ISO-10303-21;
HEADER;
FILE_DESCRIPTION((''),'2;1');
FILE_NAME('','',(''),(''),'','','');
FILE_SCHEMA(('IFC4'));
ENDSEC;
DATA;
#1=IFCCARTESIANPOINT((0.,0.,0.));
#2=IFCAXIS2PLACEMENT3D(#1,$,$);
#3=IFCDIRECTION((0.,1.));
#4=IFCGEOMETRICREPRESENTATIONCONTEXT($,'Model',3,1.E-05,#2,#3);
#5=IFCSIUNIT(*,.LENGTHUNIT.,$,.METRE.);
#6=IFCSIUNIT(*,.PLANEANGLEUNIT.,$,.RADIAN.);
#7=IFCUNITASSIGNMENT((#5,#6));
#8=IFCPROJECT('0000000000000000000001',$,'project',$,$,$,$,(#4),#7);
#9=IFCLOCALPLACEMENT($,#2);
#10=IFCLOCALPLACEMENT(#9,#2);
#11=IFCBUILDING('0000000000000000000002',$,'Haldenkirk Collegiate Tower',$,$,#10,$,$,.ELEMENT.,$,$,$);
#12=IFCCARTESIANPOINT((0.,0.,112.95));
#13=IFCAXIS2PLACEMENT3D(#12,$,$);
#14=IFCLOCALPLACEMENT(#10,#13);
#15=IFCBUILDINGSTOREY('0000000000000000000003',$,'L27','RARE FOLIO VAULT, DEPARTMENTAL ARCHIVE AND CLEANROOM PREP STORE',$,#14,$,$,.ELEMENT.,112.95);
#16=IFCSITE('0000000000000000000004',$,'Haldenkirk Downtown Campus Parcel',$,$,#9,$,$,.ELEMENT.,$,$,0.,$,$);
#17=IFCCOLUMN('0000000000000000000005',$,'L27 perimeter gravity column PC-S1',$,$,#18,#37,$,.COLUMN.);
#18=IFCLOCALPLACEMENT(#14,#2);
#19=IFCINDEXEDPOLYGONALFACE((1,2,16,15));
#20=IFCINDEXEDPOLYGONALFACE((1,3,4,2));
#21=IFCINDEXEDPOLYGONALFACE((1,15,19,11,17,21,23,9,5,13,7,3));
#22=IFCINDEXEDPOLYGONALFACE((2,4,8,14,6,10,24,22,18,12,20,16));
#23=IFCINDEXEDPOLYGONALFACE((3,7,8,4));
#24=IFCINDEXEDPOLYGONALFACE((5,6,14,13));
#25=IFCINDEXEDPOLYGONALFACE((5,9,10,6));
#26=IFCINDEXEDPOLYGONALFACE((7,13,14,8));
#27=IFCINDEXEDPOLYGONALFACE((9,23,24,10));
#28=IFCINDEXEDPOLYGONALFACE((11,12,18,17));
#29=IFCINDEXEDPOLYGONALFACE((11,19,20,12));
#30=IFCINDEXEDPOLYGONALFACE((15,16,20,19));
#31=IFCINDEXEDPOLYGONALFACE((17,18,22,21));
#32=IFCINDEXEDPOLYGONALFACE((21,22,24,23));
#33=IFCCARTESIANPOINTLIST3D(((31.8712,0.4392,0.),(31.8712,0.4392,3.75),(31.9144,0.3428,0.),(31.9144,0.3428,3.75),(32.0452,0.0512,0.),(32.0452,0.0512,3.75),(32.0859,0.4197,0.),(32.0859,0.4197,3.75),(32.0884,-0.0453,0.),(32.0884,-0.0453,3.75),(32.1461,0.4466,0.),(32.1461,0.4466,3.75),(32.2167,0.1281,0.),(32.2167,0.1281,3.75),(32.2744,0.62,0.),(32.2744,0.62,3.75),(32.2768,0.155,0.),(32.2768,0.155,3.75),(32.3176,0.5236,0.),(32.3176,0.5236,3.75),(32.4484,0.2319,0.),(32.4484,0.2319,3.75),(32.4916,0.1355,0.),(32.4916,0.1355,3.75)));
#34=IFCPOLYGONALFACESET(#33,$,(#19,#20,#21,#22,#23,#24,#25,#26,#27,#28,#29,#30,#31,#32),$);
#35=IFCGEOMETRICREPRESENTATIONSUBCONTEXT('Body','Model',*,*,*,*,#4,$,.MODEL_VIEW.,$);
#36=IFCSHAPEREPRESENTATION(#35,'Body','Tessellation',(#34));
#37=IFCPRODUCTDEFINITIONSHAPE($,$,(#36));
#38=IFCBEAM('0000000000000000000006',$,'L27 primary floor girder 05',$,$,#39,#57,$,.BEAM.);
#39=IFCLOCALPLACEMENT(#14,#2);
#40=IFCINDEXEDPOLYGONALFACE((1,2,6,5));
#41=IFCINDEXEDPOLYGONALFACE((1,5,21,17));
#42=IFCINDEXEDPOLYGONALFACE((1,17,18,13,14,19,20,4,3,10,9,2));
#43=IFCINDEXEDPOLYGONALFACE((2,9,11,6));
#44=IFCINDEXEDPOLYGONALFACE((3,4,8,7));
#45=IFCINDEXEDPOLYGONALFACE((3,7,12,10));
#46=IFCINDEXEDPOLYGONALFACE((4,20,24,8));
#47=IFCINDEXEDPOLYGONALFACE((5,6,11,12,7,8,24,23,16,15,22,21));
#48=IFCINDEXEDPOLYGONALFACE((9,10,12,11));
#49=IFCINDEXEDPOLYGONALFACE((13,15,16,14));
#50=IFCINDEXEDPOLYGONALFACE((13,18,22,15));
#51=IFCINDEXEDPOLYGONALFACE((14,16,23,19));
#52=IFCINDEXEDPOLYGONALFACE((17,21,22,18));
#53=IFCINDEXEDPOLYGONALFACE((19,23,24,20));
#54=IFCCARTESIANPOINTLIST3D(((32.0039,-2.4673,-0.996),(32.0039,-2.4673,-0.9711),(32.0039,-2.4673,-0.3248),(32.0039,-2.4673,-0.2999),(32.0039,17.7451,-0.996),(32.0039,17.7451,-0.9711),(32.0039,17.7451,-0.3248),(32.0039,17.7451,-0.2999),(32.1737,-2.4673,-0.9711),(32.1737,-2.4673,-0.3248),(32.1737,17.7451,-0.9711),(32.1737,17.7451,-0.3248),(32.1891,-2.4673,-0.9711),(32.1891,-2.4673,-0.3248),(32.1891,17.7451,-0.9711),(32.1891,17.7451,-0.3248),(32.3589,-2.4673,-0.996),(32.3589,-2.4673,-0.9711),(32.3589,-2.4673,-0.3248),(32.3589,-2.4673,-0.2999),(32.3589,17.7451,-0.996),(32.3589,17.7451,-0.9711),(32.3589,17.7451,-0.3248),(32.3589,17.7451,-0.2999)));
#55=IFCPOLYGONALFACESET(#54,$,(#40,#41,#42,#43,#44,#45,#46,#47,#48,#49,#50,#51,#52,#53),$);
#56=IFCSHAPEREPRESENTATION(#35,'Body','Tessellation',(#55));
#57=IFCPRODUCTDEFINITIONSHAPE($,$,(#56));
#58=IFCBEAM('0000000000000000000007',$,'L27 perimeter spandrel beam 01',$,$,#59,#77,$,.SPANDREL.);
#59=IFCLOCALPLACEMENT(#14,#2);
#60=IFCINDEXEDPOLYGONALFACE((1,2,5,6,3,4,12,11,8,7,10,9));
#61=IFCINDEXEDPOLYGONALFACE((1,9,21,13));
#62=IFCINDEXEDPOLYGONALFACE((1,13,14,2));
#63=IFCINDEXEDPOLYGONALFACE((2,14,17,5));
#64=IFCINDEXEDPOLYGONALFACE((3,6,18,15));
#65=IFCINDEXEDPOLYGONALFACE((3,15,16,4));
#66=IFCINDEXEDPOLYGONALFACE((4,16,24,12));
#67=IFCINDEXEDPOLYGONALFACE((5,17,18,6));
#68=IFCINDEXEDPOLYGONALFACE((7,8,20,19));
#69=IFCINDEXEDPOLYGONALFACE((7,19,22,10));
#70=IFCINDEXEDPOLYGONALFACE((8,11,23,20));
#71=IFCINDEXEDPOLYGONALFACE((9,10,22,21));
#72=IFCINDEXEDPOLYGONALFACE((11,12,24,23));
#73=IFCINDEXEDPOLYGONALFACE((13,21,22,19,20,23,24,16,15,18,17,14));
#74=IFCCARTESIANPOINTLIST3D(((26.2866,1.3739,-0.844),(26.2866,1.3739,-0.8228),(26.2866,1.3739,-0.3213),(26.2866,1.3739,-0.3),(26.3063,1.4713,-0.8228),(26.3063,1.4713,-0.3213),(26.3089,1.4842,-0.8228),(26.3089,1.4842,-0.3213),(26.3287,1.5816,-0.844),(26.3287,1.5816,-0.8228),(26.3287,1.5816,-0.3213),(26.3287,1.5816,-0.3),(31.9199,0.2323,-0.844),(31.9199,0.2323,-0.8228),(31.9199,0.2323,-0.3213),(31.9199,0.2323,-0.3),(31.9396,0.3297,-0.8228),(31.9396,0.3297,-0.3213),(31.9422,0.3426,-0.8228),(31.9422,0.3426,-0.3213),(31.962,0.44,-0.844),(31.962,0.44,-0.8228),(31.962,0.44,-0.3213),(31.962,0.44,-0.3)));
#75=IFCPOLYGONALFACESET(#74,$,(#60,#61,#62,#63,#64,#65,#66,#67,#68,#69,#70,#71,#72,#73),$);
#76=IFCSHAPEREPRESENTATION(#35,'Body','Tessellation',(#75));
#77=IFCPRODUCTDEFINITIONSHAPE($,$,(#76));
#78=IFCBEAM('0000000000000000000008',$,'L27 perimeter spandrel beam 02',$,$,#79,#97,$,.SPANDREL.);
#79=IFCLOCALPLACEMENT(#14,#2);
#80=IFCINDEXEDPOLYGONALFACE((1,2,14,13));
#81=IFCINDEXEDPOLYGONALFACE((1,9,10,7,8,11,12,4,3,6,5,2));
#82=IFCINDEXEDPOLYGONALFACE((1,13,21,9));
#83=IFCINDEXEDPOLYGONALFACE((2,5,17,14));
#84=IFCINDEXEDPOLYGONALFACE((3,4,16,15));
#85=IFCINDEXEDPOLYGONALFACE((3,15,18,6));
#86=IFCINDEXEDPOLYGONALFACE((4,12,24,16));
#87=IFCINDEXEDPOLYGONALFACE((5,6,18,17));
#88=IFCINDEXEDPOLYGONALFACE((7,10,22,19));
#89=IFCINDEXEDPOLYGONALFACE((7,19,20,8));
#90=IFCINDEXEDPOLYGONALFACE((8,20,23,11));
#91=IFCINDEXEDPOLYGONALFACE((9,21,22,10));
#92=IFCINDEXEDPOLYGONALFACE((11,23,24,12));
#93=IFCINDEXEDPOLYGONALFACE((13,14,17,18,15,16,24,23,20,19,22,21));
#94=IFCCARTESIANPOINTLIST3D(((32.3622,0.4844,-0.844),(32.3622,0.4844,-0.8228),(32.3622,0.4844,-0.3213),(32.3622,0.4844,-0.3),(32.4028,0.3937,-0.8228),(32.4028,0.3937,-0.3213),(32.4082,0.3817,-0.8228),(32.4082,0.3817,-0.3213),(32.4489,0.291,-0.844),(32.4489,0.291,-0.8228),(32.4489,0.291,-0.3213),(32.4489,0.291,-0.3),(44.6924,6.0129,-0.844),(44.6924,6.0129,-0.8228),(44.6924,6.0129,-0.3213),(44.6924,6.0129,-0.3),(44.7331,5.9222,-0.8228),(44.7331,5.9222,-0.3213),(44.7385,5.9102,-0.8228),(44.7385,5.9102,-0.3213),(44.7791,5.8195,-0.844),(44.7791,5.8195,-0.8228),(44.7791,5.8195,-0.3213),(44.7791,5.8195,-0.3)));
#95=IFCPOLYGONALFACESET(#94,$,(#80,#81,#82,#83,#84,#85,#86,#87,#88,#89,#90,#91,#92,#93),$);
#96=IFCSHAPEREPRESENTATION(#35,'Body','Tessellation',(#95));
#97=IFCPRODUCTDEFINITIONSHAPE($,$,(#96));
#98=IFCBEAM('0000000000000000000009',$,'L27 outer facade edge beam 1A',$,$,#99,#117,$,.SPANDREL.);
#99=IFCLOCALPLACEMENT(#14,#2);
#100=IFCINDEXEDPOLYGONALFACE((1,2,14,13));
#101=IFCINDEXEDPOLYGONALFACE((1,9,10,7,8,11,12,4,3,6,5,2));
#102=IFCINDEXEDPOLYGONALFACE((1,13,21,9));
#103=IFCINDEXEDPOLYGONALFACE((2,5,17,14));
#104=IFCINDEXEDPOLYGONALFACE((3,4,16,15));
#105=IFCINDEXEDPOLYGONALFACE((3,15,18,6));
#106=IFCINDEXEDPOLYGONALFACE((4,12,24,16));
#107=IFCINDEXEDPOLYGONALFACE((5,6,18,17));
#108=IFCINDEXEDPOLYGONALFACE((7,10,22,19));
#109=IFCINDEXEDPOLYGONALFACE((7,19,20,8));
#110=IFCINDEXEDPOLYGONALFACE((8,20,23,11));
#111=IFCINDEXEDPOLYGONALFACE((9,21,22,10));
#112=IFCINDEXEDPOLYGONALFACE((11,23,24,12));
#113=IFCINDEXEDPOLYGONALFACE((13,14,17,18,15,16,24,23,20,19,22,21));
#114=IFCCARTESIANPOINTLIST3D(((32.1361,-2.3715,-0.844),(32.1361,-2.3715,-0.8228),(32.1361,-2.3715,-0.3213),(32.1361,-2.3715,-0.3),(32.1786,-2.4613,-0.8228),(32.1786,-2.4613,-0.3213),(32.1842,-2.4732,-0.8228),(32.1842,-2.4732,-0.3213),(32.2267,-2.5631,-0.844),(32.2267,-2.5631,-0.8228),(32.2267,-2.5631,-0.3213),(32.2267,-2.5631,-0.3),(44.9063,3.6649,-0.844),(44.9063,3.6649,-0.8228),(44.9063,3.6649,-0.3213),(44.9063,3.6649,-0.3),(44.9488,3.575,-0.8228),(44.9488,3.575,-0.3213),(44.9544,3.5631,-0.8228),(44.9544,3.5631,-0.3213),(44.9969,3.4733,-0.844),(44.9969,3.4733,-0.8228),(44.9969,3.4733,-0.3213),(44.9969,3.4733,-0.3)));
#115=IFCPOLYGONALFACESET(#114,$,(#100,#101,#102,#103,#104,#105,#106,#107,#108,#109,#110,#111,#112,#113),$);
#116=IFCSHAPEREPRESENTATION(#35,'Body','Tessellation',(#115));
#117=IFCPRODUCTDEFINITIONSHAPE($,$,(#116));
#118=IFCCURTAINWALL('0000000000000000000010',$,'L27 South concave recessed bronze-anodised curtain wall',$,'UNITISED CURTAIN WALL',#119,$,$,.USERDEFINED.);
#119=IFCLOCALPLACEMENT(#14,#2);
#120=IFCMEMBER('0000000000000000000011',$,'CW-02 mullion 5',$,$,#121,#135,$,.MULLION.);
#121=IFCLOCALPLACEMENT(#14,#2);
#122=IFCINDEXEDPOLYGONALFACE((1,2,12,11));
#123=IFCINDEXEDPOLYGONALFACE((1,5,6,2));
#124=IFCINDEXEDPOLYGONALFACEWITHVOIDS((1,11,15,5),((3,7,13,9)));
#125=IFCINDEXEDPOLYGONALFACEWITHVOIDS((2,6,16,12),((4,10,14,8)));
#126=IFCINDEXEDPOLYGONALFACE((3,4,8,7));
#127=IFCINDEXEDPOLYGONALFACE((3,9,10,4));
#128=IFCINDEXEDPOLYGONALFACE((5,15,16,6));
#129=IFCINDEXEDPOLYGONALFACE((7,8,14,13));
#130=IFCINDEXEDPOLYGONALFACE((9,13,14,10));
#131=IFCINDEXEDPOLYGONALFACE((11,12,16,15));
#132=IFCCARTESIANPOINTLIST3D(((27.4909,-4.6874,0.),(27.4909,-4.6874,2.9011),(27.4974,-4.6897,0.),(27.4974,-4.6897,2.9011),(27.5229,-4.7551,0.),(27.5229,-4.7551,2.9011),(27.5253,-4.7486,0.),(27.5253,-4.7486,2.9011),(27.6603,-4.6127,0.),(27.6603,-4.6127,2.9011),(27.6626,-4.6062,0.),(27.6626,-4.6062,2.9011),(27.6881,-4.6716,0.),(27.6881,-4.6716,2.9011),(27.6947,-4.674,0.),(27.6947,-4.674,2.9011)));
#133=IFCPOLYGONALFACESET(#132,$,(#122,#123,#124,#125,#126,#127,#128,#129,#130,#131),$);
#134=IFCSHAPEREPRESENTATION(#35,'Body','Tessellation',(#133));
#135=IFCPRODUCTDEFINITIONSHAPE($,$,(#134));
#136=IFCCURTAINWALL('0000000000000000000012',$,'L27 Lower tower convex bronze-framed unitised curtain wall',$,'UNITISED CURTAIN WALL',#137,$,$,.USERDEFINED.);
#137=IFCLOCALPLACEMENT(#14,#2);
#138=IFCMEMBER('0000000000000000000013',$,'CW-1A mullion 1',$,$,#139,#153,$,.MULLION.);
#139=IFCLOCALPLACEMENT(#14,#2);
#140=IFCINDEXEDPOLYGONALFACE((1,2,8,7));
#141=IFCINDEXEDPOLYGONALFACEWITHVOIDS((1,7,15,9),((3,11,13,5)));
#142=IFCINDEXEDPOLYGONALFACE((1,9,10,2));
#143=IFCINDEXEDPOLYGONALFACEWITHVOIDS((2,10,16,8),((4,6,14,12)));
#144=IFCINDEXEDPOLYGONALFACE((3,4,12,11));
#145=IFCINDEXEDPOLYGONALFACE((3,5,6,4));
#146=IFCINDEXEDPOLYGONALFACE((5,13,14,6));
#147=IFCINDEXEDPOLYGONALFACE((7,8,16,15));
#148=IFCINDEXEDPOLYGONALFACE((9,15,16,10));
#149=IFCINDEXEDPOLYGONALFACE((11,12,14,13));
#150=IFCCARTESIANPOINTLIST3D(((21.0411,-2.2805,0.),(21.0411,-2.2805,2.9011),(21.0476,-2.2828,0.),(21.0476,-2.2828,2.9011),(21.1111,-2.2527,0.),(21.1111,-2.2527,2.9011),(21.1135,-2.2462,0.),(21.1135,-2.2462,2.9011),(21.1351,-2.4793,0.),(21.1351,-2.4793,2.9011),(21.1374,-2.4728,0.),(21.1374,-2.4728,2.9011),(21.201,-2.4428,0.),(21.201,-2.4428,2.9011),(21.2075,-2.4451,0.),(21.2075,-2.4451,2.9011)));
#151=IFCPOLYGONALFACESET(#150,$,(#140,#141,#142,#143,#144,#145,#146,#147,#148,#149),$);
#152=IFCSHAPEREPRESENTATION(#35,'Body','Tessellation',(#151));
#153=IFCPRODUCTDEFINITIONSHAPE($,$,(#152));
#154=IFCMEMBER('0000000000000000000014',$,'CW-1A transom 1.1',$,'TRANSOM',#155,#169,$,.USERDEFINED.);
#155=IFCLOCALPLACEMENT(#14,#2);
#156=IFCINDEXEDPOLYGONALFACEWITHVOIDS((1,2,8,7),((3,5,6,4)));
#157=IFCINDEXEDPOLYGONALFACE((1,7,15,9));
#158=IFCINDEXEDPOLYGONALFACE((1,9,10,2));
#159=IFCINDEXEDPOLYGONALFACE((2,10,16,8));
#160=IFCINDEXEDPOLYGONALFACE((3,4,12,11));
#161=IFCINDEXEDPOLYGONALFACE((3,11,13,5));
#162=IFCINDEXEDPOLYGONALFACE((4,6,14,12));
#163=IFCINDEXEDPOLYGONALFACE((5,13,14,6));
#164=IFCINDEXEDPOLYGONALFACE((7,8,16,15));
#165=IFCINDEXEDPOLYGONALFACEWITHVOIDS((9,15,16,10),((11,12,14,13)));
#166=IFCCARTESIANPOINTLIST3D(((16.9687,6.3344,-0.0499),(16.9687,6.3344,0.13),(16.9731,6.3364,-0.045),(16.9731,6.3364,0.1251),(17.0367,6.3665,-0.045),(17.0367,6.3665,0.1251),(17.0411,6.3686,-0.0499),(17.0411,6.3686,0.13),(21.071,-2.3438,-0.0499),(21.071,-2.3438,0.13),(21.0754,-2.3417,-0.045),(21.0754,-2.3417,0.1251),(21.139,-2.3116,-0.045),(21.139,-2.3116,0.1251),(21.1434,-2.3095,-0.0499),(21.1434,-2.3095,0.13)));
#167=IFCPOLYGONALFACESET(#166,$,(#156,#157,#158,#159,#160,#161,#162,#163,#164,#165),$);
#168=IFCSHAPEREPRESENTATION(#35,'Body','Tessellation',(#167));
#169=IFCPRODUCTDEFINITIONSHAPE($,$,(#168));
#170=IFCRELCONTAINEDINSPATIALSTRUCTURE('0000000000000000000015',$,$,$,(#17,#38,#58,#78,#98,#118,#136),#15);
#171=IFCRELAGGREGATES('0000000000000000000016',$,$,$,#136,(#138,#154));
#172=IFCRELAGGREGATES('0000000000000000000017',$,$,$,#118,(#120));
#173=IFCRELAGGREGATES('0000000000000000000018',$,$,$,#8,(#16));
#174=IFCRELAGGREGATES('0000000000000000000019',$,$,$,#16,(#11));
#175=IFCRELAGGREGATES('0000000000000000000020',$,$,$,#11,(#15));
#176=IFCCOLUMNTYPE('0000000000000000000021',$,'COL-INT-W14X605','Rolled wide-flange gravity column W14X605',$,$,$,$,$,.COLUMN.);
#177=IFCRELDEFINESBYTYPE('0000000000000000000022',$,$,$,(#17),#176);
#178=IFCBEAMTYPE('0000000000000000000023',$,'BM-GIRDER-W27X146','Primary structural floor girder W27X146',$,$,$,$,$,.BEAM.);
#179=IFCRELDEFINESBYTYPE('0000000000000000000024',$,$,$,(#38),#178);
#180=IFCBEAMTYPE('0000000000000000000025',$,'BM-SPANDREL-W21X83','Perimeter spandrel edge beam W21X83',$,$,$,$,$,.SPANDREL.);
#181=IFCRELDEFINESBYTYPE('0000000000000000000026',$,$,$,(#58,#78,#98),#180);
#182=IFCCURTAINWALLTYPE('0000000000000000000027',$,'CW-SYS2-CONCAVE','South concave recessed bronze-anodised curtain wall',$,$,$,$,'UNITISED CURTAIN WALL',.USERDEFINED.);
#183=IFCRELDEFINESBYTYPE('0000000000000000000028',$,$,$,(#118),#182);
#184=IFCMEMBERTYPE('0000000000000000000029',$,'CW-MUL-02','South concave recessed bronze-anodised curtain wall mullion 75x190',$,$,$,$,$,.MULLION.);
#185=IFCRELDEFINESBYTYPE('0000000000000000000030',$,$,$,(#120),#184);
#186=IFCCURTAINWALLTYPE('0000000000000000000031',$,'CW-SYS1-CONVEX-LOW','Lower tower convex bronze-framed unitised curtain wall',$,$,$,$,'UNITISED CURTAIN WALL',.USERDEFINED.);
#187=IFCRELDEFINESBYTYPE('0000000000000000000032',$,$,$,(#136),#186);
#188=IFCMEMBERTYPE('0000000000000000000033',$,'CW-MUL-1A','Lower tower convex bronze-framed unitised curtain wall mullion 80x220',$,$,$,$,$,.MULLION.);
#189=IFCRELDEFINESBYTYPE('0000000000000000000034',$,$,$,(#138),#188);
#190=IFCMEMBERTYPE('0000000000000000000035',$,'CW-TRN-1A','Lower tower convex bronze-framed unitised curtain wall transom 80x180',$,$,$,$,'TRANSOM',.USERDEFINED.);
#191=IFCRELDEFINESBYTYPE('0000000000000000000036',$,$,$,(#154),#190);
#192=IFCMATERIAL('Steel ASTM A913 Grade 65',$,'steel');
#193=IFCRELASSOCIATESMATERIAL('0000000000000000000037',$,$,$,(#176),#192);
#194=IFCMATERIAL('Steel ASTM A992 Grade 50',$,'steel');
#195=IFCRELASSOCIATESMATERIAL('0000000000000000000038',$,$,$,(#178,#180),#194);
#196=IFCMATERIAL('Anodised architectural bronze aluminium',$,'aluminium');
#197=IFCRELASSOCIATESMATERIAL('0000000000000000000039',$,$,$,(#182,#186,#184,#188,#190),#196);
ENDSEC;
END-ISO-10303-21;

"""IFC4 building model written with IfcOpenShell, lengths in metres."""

from ifc_helpers import new_model, si_unit, direction, frame, origin, origin_2d, place, context, subcontext, project, spatial, hollow_rectangle, i_section, extrude, material, material_profile, profile_set, type_object, element, aggregate, save


model = new_model("IFC4")

# Units and contexts
model_context = context("Model", 3, precision=1e-05, world=origin(), true_north=direction((0.0, 1.0)))
body_context = subcontext(model_context, "Body", "Model", "MODEL_VIEW")
ifc_project = project(units=[si_unit("LENGTHUNIT", "METRE"), si_unit("PLANEANGLEUNIT", "RADIAN")], contexts=[model_context])

# Site, building, storey
site_placement = place(None, origin())
site = spatial("IfcSite", under=ifc_project, at=site_placement, Name="Haldenkirk Downtown Campus Parcel", CompositionType="ELEMENT", RefElevation=0.0)
building_placement = place(site_placement, origin())
building = spatial("IfcBuilding", under=site, at=building_placement, Name="Haldenkirk Collegiate Tower", CompositionType="ELEMENT")
storey_placement = place(building_placement, frame((0.0, 0.0, 112.95)))
storey = spatial("IfcBuildingStorey", under=building, at=storey_placement, Name="L27", Description="RARE FOLIO VAULT, DEPARTMENTAL ARCHIVE AND CLEANROOM PREP STORE", CompositionType="ELEMENT", Elevation=112.95)

# Column
ifc_material_1 = material(Name="Steel ASTM A913 Grade 65", Category="steel")
ifc_material_profile_1 = material_profile(ifc_material_1, i_section(OverallWidth=0.4419, OverallDepth=0.531, WebThickness=0.0659, FlangeThickness=0.1057, at=origin_2d()), Name="W14X605")
ifc_profile_set_1 = profile_set([ifc_material_profile_1], Name="Steel ASTM A913 Grade 65")
column_type = type_object("IfcColumnType", Name="COL-INT-W14X605", Description="Rolled wide-flange gravity column W14X605", PredefinedType="COLUMN", material=ifc_profile_set_1)
column_placement = place(storey_placement, frame((32.1814, 0.2874, 0.0), z_axis=(0.0, 0.0, 1.0), x_axis=(0.912477, 0.409127, 0.0)))
element("IfcColumn", 1, at=column_placement, inside=storey, type_object=column_type, Name="L27 perimeter gravity column PC-S1", PredefinedType="COLUMN", context=body_context, shape_type="SweptSolid", body=[
    extrude(i_section(OverallWidth=0.4419, OverallDepth=0.531, WebThickness=0.0659, FlangeThickness=0.1057, at=origin_2d()), origin(), (0.0, 0.0, 1.0), 3.75),
])

# Beams
ifc_material_2 = material(Name="Steel ASTM A992 Grade 50", Category="steel")
ifc_material_profile_2 = material_profile(ifc_material_2, i_section(OverallWidth=0.355, OverallDepth=0.696, WebThickness=0.0154, FlangeThickness=0.0249, at=origin_2d()), Name="W27X146")
ifc_profile_set_2 = profile_set([ifc_material_profile_2], Name="Steel ASTM A992 Grade 50")
beam_type_1 = type_object("IfcBeamType", Name="BM-GIRDER-W27X146", Description="Primary structural floor girder W27X146", PredefinedType="BEAM", material=ifc_profile_set_2)
beam_1_placement = place(storey_placement, frame((32.1814, -2.4673, -0.6479), z_axis=(0.0, 1.0, 0.0), x_axis=(-1.0, 0.0, 0.0)))
element("IfcBeam", 2, at=beam_1_placement, inside=storey, type_object=beam_type_1, Name="L27 primary floor girder 05", PredefinedType="BEAM", context=body_context, shape_type="SweptSolid", body=[
    extrude(i_section(OverallWidth=0.355, OverallDepth=0.696, WebThickness=0.0154, FlangeThickness=0.0249, at=origin_2d()), origin(), (0.0, 0.0, 1.0), 20.2124),
])
ifc_material_profile_3 = material_profile(ifc_material_2, i_section(OverallWidth=0.2119, OverallDepth=0.5439, WebThickness=0.0132, FlangeThickness=0.0212, at=origin_2d()), Name="W21X83")
ifc_profile_set_3 = profile_set([ifc_material_profile_3], Name="Steel ASTM A992 Grade 50")
beam_type_2 = type_object("IfcBeamType", Name="BM-SPANDREL-W21X83", Description="Perimeter spandrel edge beam W21X83", PredefinedType="SPANDREL", material=ifc_profile_set_3)
beam_2_placement = place(storey_placement, frame((26.3076, 1.4778, -0.572), z_axis=(0.980078, -0.198615, 0.0), x_axis=(0.198615, 0.980078, 0.0)))
element("IfcBeam", 3, at=beam_2_placement, inside=storey, type_object=beam_type_2, Name="L27 perimeter spandrel beam 01", PredefinedType="SPANDREL", context=body_context, shape_type="SweptSolid", body=[
    extrude(i_section(OverallWidth=0.2119, OverallDepth=0.5439, WebThickness=0.0132, FlangeThickness=0.0212, at=origin_2d()), origin(), (0.0, 0.0, 1.0), 5.7478),
])
beam_3_placement = place(storey_placement, frame((32.4055, 0.3877, -0.572), z_axis=(0.912477, 0.409129, 0.0), x_axis=(-0.409129, 0.912477, 0.0)))
element("IfcBeam", 4, at=beam_3_placement, inside=storey, type_object=beam_type_2, Name="L27 perimeter spandrel beam 02", PredefinedType="SPANDREL", context=body_context, shape_type="SweptSolid", body=[
    extrude(i_section(OverallWidth=0.2119, OverallDepth=0.5439, WebThickness=0.0132, FlangeThickness=0.0212, at=origin_2d()), origin(), (0.0, 0.0, 1.0), 13.5129),
])
beam_4_placement = place(storey_placement, frame((32.1814, -2.4673, -0.572), z_axis=(0.904085, 0.427352, 0.0), x_axis=(-0.427352, 0.904085, 0.0)))
element("IfcBeam", 5, at=beam_4_placement, inside=storey, type_object=beam_type_2, Name="L27 outer facade edge beam 1A", PredefinedType="SPANDREL", context=body_context, shape_type="SweptSolid", body=[
    extrude(i_section(OverallWidth=0.2119, OverallDepth=0.5439, WebThickness=0.0132, FlangeThickness=0.0212, at=origin_2d()), origin(), (0.0, 0.0, 1.0), 14.125),
])

# Curtain wall, member
ifc_material_3 = material(Name="Anodised architectural bronze aluminium", Category="aluminium")
curtain_wall_type_1 = type_object("IfcCurtainWallType", Name="CW-SYS2-CONCAVE", Description="South concave recessed bronze-anodised curtain wall", ElementType="UNITISED CURTAIN WALL", PredefinedType="USERDEFINED", material=ifc_material_3)
curtain_wall_1_placement = place(storey_placement, origin())
curtain_wall_1 = element("IfcCurtainWall", 6, at=curtain_wall_1_placement, inside=storey, type_object=curtain_wall_type_1, Name="L27 South concave recessed bronze-anodised curtain wall", ObjectType="UNITISED CURTAIN WALL", PredefinedType="USERDEFINED")
ifc_material_profile_4 = material_profile(ifc_material_3, hollow_rectangle(XDim=0.075, YDim=0.1899, WallThickness=0.0049, at=origin_2d()), Name="CW-MUL-02")
ifc_profile_set_4 = profile_set([ifc_material_profile_4], Name="Anodised architectural bronze aluminium")
member_type_1 = type_object("IfcMemberType", Name="CW-MUL-02", Description="South concave recessed bronze-anodised curtain wall mullion 75x190", PredefinedType="MULLION", material=ifc_profile_set_4)
member_1_placement = place(storey_placement, frame((27.5928, -4.6807, 0.0), z_axis=(0.0, 0.0, 1.0), x_axis=(0.427359, -0.904082, 0.0)))
member_1 = element("IfcMember", 7, at=member_1_placement, type_object=member_type_1, Name="CW-02 mullion 5", PredefinedType="MULLION", context=body_context, shape_type="SweptSolid", body=[
    extrude(hollow_rectangle(XDim=0.075, YDim=0.1899, WallThickness=0.0049, at=origin_2d()), origin(), (0.0, 0.0, 1.0), 2.9011),
])

# Curtain wall, members
curtain_wall_type_2 = type_object("IfcCurtainWallType", Name="CW-SYS1-CONVEX-LOW", Description="Lower tower convex bronze-framed unitised curtain wall", ElementType="UNITISED CURTAIN WALL", PredefinedType="USERDEFINED", material=ifc_material_3)
curtain_wall_2_placement = place(storey_placement, origin())
curtain_wall_2 = element("IfcCurtainWall", 8, at=curtain_wall_2_placement, inside=storey, type_object=curtain_wall_type_2, Name="L27 Lower tower convex bronze-framed unitised curtain wall", ObjectType="UNITISED CURTAIN WALL", PredefinedType="USERDEFINED")
ifc_material_profile_5 = material_profile(ifc_material_3, hollow_rectangle(XDim=0.0801, YDim=0.22, WallThickness=0.0049, at=origin_2d()), Name="CW-MUL-1A")
ifc_profile_set_5 = profile_set([ifc_material_profile_5], Name="Anodised architectural bronze aluminium")
member_type_2 = type_object("IfcMemberType", Name="CW-MUL-1A", Description="Lower tower convex bronze-framed unitised curtain wall mullion 80x220", PredefinedType="MULLION", material=ifc_profile_set_5)
member_2_placement = place(storey_placement, frame((21.1243, -2.3628, 0.0), z_axis=(0.0, 0.0, 1.0), x_axis=(-0.904081, -0.42736, 0.0)))
member_2 = element("IfcMember", 9, at=member_2_placement, type_object=member_type_2, Name="CW-1A mullion 1", PredefinedType="MULLION", context=body_context, shape_type="SweptSolid", body=[
    extrude(hollow_rectangle(XDim=0.0801, YDim=0.22, WallThickness=0.0049, at=origin_2d()), origin(), (0.0, 0.0, 1.0), 2.9011),
])
ifc_material_profile_6 = material_profile(ifc_material_3, hollow_rectangle(XDim=0.0801, YDim=0.1799, WallThickness=0.0049, at=origin_2d()), Name="CW-TRN-1A")
ifc_profile_set_6 = profile_set([ifc_material_profile_6], Name="Anodised architectural bronze aluminium")
member_type_3 = type_object("IfcMemberType", Name="CW-TRN-1A", Description="Lower tower convex bronze-framed unitised curtain wall transom 80x180", ElementType="TRANSOM", PredefinedType="USERDEFINED", material=ifc_profile_set_6)
member_3_placement = place(storey_placement, frame((21.1072, -2.3267, 0.04), z_axis=(-0.427368, 0.904078, 0.0), x_axis=(-0.904078, -0.427368, 0.0)))
member_3 = element("IfcMember", 10, at=member_3_placement, type_object=member_type_3, Name="CW-1A transom 1.1", ObjectType="TRANSOM", PredefinedType="USERDEFINED", context=body_context, shape_type="SweptSolid", body=[
    extrude(hollow_rectangle(XDim=0.0801, YDim=0.1799, WallThickness=0.0049, at=origin_2d()), origin(), (0.0, 0.0, 1.0), 9.5989),
])
aggregate(curtain_wall_2, [member_2, member_3])

aggregate(curtain_wall_1, [member_1])

save(model, "model.ifc")
